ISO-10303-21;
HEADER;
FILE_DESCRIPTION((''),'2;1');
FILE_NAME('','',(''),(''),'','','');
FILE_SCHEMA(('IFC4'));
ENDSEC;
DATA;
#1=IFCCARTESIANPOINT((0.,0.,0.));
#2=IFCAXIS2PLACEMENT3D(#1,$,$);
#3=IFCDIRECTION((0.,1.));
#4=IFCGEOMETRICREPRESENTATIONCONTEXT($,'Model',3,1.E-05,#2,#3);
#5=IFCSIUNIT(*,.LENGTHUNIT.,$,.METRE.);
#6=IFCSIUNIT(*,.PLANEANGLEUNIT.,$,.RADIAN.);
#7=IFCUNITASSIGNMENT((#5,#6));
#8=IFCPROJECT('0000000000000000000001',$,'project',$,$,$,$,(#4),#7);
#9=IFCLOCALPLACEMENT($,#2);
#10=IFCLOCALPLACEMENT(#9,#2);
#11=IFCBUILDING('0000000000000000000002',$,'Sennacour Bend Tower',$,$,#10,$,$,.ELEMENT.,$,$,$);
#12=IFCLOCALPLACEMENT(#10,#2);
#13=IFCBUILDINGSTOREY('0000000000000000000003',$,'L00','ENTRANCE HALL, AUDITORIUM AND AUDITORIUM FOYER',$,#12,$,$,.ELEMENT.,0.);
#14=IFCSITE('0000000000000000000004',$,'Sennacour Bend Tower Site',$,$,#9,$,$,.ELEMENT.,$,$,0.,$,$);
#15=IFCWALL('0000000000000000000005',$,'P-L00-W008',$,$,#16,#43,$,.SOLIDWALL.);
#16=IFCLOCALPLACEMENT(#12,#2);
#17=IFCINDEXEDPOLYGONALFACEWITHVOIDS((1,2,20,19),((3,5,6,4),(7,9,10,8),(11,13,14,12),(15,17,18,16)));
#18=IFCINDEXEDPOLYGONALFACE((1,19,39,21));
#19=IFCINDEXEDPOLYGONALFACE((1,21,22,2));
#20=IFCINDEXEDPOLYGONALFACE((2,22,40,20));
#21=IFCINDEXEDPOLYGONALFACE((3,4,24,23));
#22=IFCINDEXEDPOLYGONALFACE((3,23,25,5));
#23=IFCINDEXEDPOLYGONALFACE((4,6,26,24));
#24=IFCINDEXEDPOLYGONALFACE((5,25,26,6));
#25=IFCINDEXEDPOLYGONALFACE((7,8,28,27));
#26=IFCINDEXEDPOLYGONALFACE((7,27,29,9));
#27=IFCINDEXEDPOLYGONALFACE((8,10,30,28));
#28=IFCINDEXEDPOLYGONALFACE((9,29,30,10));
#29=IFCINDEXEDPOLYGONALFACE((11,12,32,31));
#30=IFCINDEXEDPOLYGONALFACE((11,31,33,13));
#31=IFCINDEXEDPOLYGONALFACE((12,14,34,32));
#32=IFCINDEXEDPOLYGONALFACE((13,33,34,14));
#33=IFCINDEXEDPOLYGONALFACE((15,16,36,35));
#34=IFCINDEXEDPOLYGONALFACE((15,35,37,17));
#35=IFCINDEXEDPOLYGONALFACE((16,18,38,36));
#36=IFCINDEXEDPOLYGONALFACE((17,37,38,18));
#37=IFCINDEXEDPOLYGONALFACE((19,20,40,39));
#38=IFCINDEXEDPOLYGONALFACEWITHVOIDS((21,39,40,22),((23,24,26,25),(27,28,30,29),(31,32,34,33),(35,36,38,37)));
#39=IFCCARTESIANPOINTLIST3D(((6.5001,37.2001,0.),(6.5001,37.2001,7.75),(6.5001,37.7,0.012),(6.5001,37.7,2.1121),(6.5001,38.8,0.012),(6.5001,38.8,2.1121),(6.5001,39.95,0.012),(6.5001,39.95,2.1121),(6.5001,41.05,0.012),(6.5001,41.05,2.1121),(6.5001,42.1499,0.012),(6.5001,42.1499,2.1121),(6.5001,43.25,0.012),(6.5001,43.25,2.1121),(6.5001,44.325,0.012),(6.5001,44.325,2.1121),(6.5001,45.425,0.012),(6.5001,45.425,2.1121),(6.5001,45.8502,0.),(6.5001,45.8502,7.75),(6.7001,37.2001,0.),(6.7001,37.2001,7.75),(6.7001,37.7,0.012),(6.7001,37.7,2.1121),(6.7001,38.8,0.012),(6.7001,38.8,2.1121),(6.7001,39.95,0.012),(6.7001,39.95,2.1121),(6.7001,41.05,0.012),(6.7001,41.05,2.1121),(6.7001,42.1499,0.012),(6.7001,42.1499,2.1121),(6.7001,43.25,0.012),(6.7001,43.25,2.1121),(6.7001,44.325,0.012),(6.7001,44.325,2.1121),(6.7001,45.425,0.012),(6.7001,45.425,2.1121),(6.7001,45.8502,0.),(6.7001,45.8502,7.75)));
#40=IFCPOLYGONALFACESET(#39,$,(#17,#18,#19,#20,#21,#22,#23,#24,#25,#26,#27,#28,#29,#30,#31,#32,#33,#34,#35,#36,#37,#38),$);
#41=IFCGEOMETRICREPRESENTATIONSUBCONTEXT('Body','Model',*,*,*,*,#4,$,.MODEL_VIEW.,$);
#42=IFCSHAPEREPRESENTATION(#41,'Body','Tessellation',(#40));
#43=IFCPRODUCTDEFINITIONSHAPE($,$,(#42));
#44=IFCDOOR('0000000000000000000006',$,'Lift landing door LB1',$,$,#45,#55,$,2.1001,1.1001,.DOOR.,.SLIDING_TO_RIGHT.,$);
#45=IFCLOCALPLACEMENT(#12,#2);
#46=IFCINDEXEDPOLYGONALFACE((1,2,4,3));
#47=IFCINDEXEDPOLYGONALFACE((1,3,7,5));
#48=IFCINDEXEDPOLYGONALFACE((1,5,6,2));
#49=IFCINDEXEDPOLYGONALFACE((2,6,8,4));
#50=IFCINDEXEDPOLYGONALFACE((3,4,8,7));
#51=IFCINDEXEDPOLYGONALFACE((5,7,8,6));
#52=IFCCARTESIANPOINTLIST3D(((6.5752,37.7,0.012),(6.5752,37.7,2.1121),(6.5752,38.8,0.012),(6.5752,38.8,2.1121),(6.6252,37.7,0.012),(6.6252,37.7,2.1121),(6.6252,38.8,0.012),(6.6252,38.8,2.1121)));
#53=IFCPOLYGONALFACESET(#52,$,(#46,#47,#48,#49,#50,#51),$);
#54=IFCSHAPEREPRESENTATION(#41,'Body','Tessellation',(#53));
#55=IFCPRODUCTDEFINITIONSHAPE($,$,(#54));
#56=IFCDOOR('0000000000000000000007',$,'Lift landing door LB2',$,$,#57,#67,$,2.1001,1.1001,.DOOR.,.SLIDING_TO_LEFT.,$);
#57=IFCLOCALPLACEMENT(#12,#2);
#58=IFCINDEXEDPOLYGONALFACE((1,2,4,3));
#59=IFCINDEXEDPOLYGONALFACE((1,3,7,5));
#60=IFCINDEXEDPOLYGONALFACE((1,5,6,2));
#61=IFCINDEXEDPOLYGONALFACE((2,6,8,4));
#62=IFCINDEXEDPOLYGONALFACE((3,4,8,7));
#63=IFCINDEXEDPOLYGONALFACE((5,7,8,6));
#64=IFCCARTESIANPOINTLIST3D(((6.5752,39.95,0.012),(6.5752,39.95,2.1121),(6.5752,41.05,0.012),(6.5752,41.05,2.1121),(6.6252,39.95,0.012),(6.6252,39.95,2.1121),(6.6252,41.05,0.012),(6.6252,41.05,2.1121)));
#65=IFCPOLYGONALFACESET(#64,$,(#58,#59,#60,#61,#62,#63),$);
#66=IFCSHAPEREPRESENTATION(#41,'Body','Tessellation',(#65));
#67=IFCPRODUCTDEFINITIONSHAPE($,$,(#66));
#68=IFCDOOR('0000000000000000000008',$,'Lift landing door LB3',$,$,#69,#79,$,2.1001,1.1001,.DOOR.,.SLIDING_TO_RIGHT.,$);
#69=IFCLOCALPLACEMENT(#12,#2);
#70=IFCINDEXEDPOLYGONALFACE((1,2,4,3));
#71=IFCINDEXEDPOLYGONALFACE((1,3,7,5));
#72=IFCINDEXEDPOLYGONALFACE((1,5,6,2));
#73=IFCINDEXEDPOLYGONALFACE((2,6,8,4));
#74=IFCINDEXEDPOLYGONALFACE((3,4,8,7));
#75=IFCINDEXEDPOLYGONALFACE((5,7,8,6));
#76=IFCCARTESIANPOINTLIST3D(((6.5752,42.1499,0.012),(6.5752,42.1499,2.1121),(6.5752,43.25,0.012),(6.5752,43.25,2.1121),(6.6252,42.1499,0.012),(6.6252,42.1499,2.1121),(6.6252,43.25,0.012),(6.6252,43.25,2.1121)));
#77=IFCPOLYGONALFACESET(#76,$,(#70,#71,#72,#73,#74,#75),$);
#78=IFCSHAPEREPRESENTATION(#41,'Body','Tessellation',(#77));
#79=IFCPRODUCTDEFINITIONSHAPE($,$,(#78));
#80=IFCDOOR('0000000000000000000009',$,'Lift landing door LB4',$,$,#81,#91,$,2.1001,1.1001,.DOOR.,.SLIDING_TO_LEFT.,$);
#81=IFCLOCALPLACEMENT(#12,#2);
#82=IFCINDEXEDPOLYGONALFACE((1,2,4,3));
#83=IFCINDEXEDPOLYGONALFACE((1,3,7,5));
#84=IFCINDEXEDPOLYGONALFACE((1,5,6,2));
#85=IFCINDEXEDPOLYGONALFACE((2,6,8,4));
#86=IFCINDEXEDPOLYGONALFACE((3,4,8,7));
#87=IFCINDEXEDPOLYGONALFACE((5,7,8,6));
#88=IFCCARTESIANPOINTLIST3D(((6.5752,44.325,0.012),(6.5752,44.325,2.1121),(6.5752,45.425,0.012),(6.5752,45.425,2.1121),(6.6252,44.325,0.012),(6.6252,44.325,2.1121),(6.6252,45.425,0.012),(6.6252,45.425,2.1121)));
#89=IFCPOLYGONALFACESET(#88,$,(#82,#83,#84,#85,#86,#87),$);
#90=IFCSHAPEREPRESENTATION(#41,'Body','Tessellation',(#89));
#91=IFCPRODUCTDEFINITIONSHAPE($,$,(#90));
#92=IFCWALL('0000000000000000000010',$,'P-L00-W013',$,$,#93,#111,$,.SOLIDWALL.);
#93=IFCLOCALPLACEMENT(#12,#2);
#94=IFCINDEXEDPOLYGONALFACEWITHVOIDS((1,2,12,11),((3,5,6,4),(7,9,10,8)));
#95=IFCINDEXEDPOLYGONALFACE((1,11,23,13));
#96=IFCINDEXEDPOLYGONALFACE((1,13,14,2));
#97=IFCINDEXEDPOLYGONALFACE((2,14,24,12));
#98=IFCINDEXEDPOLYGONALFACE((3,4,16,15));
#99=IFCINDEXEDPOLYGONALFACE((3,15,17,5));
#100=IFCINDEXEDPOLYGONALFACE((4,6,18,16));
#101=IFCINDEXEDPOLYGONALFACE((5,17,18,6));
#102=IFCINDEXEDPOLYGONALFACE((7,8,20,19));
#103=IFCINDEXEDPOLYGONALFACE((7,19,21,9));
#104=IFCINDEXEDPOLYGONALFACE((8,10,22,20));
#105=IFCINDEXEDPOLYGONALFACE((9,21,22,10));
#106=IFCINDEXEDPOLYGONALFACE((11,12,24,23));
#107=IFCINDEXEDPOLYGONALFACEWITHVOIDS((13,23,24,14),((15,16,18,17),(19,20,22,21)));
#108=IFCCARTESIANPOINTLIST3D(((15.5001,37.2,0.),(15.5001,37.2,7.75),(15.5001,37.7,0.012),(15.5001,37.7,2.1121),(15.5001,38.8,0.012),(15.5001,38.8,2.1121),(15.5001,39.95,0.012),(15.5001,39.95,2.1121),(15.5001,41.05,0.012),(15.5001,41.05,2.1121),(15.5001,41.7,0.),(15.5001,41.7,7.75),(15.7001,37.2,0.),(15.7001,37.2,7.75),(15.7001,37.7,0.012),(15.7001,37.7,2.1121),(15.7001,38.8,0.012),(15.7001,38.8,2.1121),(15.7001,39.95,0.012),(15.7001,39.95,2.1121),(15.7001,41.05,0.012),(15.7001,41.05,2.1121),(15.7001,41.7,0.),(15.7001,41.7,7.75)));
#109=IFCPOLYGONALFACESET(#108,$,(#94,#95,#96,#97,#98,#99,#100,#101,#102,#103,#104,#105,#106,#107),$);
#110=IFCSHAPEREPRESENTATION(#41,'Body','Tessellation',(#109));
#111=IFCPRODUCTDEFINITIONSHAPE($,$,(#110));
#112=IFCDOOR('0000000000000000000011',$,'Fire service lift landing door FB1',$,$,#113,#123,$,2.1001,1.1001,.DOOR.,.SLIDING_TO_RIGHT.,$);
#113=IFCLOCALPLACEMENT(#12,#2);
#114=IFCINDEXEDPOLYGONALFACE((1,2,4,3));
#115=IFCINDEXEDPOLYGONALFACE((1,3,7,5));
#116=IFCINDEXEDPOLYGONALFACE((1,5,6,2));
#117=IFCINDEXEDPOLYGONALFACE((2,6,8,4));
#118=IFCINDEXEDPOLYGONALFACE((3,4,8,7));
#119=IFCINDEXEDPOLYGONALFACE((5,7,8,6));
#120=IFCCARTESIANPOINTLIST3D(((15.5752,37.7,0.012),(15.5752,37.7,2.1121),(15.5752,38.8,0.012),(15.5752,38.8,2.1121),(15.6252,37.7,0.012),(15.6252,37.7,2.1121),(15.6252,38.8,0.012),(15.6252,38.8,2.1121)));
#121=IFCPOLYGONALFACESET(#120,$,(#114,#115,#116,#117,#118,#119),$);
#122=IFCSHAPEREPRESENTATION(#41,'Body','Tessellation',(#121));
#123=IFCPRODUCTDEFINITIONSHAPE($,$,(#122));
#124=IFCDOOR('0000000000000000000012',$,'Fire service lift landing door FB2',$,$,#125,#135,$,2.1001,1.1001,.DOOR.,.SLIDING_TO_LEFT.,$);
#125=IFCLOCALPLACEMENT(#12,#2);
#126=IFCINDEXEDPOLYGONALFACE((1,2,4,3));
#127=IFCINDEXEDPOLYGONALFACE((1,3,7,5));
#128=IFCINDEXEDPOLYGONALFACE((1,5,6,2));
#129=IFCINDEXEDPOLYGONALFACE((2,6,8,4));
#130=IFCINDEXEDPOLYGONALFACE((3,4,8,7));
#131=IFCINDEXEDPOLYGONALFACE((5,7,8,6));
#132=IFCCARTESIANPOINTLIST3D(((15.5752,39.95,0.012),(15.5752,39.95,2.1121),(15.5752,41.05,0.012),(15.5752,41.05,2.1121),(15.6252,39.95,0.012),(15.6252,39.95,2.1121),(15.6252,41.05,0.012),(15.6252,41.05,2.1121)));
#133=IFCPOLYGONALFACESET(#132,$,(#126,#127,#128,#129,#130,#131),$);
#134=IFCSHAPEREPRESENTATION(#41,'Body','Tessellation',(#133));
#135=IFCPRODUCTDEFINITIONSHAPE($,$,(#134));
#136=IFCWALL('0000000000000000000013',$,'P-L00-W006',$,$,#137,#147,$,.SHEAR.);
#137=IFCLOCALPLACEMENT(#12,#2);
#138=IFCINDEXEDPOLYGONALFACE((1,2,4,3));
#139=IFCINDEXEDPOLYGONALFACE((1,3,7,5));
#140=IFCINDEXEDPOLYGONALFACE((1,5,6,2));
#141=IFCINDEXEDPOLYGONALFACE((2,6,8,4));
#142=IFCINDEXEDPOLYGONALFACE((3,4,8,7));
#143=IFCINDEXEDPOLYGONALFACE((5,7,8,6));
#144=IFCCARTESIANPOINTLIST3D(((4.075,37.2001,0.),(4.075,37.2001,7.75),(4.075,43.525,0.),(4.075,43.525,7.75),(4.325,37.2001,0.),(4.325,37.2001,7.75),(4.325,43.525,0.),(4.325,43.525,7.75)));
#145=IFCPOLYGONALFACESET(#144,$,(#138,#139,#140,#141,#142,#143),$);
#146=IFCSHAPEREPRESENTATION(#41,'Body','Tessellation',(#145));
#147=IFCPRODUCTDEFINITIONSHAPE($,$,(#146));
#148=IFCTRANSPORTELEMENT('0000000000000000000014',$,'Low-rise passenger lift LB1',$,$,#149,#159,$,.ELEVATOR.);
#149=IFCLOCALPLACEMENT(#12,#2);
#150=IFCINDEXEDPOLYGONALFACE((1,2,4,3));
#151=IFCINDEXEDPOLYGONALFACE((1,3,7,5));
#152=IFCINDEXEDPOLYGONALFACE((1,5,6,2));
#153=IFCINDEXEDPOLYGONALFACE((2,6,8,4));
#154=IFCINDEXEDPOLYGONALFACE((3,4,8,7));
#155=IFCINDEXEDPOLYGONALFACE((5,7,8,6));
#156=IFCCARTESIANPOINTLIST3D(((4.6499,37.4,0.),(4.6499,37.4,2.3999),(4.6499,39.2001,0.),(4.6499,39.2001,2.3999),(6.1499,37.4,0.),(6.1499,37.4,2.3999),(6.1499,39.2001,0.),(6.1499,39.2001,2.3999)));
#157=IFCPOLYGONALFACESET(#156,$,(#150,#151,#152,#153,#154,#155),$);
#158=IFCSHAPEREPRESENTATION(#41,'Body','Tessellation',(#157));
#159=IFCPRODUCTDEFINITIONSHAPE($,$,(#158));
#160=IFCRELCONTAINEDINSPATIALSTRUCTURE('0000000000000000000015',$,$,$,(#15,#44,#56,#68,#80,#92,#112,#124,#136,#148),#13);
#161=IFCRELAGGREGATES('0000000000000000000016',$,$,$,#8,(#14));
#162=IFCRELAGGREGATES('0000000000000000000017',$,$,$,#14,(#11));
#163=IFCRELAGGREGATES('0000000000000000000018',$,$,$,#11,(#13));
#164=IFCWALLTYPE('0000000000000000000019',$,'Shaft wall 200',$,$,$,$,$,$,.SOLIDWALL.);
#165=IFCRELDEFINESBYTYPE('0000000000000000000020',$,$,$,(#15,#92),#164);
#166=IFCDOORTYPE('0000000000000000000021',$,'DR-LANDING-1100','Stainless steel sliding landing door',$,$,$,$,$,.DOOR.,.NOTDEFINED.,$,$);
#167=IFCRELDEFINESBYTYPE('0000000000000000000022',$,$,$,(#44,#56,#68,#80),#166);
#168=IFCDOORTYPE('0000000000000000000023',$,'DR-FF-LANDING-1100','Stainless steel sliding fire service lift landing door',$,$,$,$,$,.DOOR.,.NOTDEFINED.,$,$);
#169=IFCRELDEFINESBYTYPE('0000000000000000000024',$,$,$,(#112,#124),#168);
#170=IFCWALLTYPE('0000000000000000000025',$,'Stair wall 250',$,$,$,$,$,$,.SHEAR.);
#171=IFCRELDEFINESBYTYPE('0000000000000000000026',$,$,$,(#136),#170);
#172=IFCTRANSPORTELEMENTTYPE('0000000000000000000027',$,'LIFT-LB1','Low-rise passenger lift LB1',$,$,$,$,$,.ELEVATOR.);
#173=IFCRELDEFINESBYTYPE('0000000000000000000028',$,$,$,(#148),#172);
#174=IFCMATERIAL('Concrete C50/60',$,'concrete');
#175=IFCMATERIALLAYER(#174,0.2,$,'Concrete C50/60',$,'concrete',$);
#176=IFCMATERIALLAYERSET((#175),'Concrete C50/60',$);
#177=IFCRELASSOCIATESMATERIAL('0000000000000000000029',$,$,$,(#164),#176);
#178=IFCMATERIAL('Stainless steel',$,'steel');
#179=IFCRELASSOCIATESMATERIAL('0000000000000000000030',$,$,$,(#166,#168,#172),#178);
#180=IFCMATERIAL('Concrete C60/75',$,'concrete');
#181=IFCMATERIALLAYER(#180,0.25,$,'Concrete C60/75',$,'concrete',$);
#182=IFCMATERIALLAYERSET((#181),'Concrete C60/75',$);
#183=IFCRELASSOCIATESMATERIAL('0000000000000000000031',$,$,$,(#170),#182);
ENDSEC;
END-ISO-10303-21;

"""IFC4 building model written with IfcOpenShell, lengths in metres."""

from ifc_helpers import new_model, si_unit, direction, frame, frame_2d, origin, origin_2d, place, context, subcontext, project, spatial, rectangle, extrude, material, layer, layer_set, type_object, element, fill, save


model = new_model("IFC4")

# Units and contexts
model_context = context("Model", 3, precision=1e-05, world=origin(), true_north=direction((0.0, 1.0)))
body_context = subcontext(model_context, "Body", "Model", "MODEL_VIEW")
ifc_project = project(units=[si_unit("LENGTHUNIT", "METRE"), si_unit("PLANEANGLEUNIT", "RADIAN")], contexts=[model_context])

# Site, building, storey
site_placement = place(None, origin())
site = spatial("IfcSite", under=ifc_project, at=site_placement, Name="Sennacour Bend Tower Site", CompositionType="ELEMENT", RefElevation=0.0)
building_placement = place(site_placement, origin())
building = spatial("IfcBuilding", under=site, at=building_placement, Name="Sennacour Bend Tower", CompositionType="ELEMENT")
storey_placement = place(building_placement, origin())
storey = spatial("IfcBuildingStorey", under=building, at=storey_placement, Name="L00", Description="ENTRANCE HALL, AUDITORIUM AND AUDITORIUM FOYER", CompositionType="ELEMENT", Elevation=0.0)

# Shared definitions
ifc_material_1 = material(Name="Concrete C50/60", Category="concrete")

# Walls, openings, doors
ifc_layer_1 = layer(ifc_material_1, 0.2, Name="Concrete C50/60", Category="concrete")
ifc_layer_set_1 = layer_set([ifc_layer_1], Name="Concrete C50/60")
wall_type_1 = type_object("IfcWallType", Name="Shaft wall 200", PredefinedType="SOLIDWALL", material=ifc_layer_set_1)
wall_1_placement = place(storey_placement, frame((6.6001, 37.2, 0.0), z_axis=(0.0, 0.0, 1.0), x_axis=(0.0, 1.0, 0.0)))
wall_1 = element("IfcWall", 1, at=wall_1_placement, inside=storey, type_object=wall_type_1, Name="P-L00-W008", PredefinedType="SOLIDWALL", context=body_context, shape_type="SweptSolid", body=[
    extrude(rectangle(XDim=8.6501, YDim=0.2, at=frame_2d((4.3252, 0.0))), origin(), (0.0, 0.0, 1.0), 7.75),
])
opening_1_placement = place(wall_1_placement, frame((0.5, 0.0, 0.012)))
opening_1 = element("IfcOpeningElement", 2, at=opening_1_placement, cuts=wall_1, PredefinedType="OPENING", context=body_context, shape_type="SweptSolid", body=[
    extrude(rectangle(XDim=1.1001, YDim=2.1001, at=frame_2d((0.55, 1.05))), frame((0.0, 0.1099, 0.0), z_axis=(0.0, -1.0, 0.0), x_axis=(1.0, 0.0, 0.0)), (0.0, 0.0, 1.0), 0.22),
])
opening_2_placement = place(wall_1_placement, frame((2.75, 0.0, 0.012)))
opening_2 = element("IfcOpeningElement", 3, at=opening_2_placement, cuts=wall_1, PredefinedType="OPENING", context=body_context, shape_type="SweptSolid", body=[
    extrude(rectangle(XDim=1.1001, YDim=2.1001, at=frame_2d((0.55, 1.05))), frame((0.0, 0.1099, 0.0), z_axis=(0.0, -1.0, 0.0), x_axis=(1.0, 0.0, 0.0)), (0.0, 0.0, 1.0), 0.22),
])
opening_3_placement = place(wall_1_placement, frame((4.95, 0.0, 0.012)))
opening_3 = element("IfcOpeningElement", 4, at=opening_3_placement, cuts=wall_1, PredefinedType="OPENING", context=body_context, shape_type="SweptSolid", body=[
    extrude(rectangle(XDim=1.1001, YDim=2.1001, at=frame_2d((0.55, 1.05))), frame((0.0, 0.1099, 0.0), z_axis=(0.0, -1.0, 0.0), x_axis=(1.0, 0.0, 0.0)), (0.0, 0.0, 1.0), 0.22),
])
opening_4_placement = place(wall_1_placement, frame((7.125, 0.0, 0.012)))
opening_4 = element("IfcOpeningElement", 5, at=opening_4_placement, cuts=wall_1, PredefinedType="OPENING", context=body_context, shape_type="SweptSolid", body=[
    extrude(rectangle(XDim=1.1001, YDim=2.1001, at=frame_2d((0.55, 1.05))), frame((0.0, 0.1099, 0.0), z_axis=(0.0, -1.0, 0.0), x_axis=(1.0, 0.0, 0.0)), (0.0, 0.0, 1.0), 0.22),
])
ifc_material_2 = material(Name="Stainless steel", Category="steel")
door_type_1 = type_object("IfcDoorType", Name="DR-LANDING-1100", Description="Stainless steel sliding landing door", OperationType="NOTDEFINED", PredefinedType="DOOR", material=ifc_material_2)
door_1_placement = place(opening_1_placement, origin())
door_1 = element("IfcDoor", 6, at=door_1_placement, inside=storey, type_object=door_type_1, Name="Lift landing door LB1", OperationType="SLIDING_TO_RIGHT", OverallHeight=2.1001, OverallWidth=1.1001, PredefinedType="DOOR", context=body_context, shape_type="SweptSolid", body=[
    extrude(rectangle(XDim=1.1001, YDim=2.1001, at=frame_2d((0.55, 1.05))), frame((0.0, 0.0249, 0.0), z_axis=(0.0, -1.0, 0.0), x_axis=(1.0, 0.0, 0.0)), (0.0, 0.0, 1.0), 0.05),
])
fill(opening_1, door_1)
door_2_placement = place(opening_2_placement, origin())
door_2 = element("IfcDoor", 7, at=door_2_placement, inside=storey, type_object=door_type_1, Name="Lift landing door LB2", OperationType="SLIDING_TO_LEFT", OverallHeight=2.1001, OverallWidth=1.1001, PredefinedType="DOOR", context=body_context, shape_type="SweptSolid", body=[
    extrude(rectangle(XDim=1.1001, YDim=2.1001, at=frame_2d((0.55, 1.05))), frame((0.0, 0.0249, 0.0), z_axis=(0.0, -1.0, 0.0), x_axis=(1.0, 0.0, 0.0)), (0.0, 0.0, 1.0), 0.05),
])
fill(opening_2, door_2)
door_3_placement = place(opening_3_placement, origin())
door_3 = element("IfcDoor", 8, at=door_3_placement, inside=storey, type_object=door_type_1, Name="Lift landing door LB3", OperationType="SLIDING_TO_RIGHT", OverallHeight=2.1001, OverallWidth=1.1001, PredefinedType="DOOR", context=body_context, shape_type="SweptSolid", body=[
    extrude(rectangle(XDim=1.1001, YDim=2.1001, at=frame_2d((0.55, 1.05))), frame((0.0, 0.0249, 0.0), z_axis=(0.0, -1.0, 0.0), x_axis=(1.0, 0.0, 0.0)), (0.0, 0.0, 1.0), 0.05),
])
fill(opening_3, door_3)
door_4_placement = place(opening_4_placement, origin())
door_4 = element("IfcDoor", 9, at=door_4_placement, inside=storey, type_object=door_type_1, Name="Lift landing door LB4", OperationType="SLIDING_TO_LEFT", OverallHeight=2.1001, OverallWidth=1.1001, PredefinedType="DOOR", context=body_context, shape_type="SweptSolid", body=[
    extrude(rectangle(XDim=1.1001, YDim=2.1001, at=frame_2d((0.55, 1.05))), frame((0.0, 0.0249, 0.0), z_axis=(0.0, -1.0, 0.0), x_axis=(1.0, 0.0, 0.0)), (0.0, 0.0, 1.0), 0.05),
])
fill(opening_4, door_4)
wall_2_placement = place(storey_placement, frame((15.6001, 37.2, 0.0), z_axis=(0.0, 0.0, 1.0), x_axis=(0.0, 1.0, 0.0)))
wall_2 = element("IfcWall", 10, at=wall_2_placement, inside=storey, type_object=wall_type_1, Name="P-L00-W013", PredefinedType="SOLIDWALL", context=body_context, shape_type="SweptSolid", body=[
    extrude(rectangle(XDim=4.5, YDim=0.2, at=frame_2d((2.25, 0.0))), origin(), (0.0, 0.0, 1.0), 7.75),
])
opening_5_placement = place(wall_2_placement, frame((0.5, 0.0, 0.012)))
opening_5 = element("IfcOpeningElement", 11, at=opening_5_placement, cuts=wall_2, PredefinedType="OPENING", context=body_context, shape_type="SweptSolid", body=[
    extrude(rectangle(XDim=1.1001, YDim=2.1001, at=frame_2d((0.55, 1.05))), frame((0.0, 0.1099, 0.0), z_axis=(0.0, -1.0, 0.0), x_axis=(1.0, 0.0, 0.0)), (0.0, 0.0, 1.0), 0.22),
])
opening_6_placement = place(wall_2_placement, frame((2.75, 0.0, 0.012)))
opening_6 = element("IfcOpeningElement", 12, at=opening_6_placement, cuts=wall_2, PredefinedType="OPENING", context=body_context, shape_type="SweptSolid", body=[
    extrude(rectangle(XDim=1.1001, YDim=2.1001, at=frame_2d((0.55, 1.05))), frame((0.0, 0.1099, 0.0), z_axis=(0.0, -1.0, 0.0), x_axis=(1.0, 0.0, 0.0)), (0.0, 0.0, 1.0), 0.22),
])
door_type_2 = type_object("IfcDoorType", Name="DR-FF-LANDING-1100", Description="Stainless steel sliding fire service lift landing door", OperationType="NOTDEFINED", PredefinedType="DOOR", material=ifc_material_2)
door_5_placement = place(opening_5_placement, origin())
door_5 = element("IfcDoor", 13, at=door_5_placement, inside=storey, type_object=door_type_2, Name="Fire service lift landing door FB1", OperationType="SLIDING_TO_RIGHT", OverallHeight=2.1001, OverallWidth=1.1001, PredefinedType="DOOR", context=body_context, shape_type="SweptSolid", body=[
    extrude(rectangle(XDim=1.1001, YDim=2.1001, at=frame_2d((0.55, 1.05))), frame((0.0, 0.0249, 0.0), z_axis=(0.0, -1.0, 0.0), x_axis=(1.0, 0.0, 0.0)), (0.0, 0.0, 1.0), 0.05),
])
fill(opening_5, door_5)
door_6_placement = place(opening_6_placement, origin())
door_6 = element("IfcDoor", 14, at=door_6_placement, inside=storey, type_object=door_type_2, Name="Fire service lift landing door FB2", OperationType="SLIDING_TO_LEFT", OverallHeight=2.1001, OverallWidth=1.1001, PredefinedType="DOOR", context=body_context, shape_type="SweptSolid", body=[
    extrude(rectangle(XDim=1.1001, YDim=2.1001, at=frame_2d((0.55, 1.05))), frame((0.0, 0.0249, 0.0), z_axis=(0.0, -1.0, 0.0), x_axis=(1.0, 0.0, 0.0)), (0.0, 0.0, 1.0), 0.05),
])
fill(opening_6, door_6)

# Wall
ifc_material_3 = material(Name="Concrete C60/75", Category="concrete")
ifc_layer_2 = layer(ifc_material_3, 0.25, Name="Concrete C60/75", Category="concrete")
ifc_layer_set_2 = layer_set([ifc_layer_2], Name="Concrete C60/75")
wall_type_2 = type_object("IfcWallType", Name="Stair wall 250", PredefinedType="SHEAR", material=ifc_layer_set_2)
wall_3_placement = place(storey_placement, frame((4.2, 37.2, 0.0), z_axis=(0.0, 0.0, 1.0), x_axis=(0.0, 1.0, 0.0)))
element("IfcWall", 15, at=wall_3_placement, inside=storey, type_object=wall_type_2, Name="P-L00-W006", PredefinedType="SHEAR", context=body_context, shape_type="SweptSolid", body=[
    extrude(rectangle(XDim=6.325, YDim=0.25, at=frame_2d((3.1626, 0.0))), origin(), (0.0, 0.0, 1.0), 7.75),
])

# Transport element
transport_element_type = type_object("IfcTransportElementType", Name="LIFT-LB1", Description="Low-rise passenger lift LB1", PredefinedType="ELEVATOR", material=ifc_material_2)
transport_element_placement = place(storey_placement, frame((5.3999, 38.3, 0.0), z_axis=(0.0, 0.0, 1.0), x_axis=(1.0, 0.0, 0.0)))
element("IfcTransportElement", 16, at=transport_element_placement, inside=storey, type_object=transport_element_type, Name="Low-rise passenger lift LB1", PredefinedType="ELEVATOR", context=body_context, shape_type="SweptSolid", body=[
    extrude(rectangle(XDim=1.5, YDim=1.8, at=origin_2d()), origin(), (0.0, 0.0, 1.0), 2.3999),
])

save(model, "model.ifc")
